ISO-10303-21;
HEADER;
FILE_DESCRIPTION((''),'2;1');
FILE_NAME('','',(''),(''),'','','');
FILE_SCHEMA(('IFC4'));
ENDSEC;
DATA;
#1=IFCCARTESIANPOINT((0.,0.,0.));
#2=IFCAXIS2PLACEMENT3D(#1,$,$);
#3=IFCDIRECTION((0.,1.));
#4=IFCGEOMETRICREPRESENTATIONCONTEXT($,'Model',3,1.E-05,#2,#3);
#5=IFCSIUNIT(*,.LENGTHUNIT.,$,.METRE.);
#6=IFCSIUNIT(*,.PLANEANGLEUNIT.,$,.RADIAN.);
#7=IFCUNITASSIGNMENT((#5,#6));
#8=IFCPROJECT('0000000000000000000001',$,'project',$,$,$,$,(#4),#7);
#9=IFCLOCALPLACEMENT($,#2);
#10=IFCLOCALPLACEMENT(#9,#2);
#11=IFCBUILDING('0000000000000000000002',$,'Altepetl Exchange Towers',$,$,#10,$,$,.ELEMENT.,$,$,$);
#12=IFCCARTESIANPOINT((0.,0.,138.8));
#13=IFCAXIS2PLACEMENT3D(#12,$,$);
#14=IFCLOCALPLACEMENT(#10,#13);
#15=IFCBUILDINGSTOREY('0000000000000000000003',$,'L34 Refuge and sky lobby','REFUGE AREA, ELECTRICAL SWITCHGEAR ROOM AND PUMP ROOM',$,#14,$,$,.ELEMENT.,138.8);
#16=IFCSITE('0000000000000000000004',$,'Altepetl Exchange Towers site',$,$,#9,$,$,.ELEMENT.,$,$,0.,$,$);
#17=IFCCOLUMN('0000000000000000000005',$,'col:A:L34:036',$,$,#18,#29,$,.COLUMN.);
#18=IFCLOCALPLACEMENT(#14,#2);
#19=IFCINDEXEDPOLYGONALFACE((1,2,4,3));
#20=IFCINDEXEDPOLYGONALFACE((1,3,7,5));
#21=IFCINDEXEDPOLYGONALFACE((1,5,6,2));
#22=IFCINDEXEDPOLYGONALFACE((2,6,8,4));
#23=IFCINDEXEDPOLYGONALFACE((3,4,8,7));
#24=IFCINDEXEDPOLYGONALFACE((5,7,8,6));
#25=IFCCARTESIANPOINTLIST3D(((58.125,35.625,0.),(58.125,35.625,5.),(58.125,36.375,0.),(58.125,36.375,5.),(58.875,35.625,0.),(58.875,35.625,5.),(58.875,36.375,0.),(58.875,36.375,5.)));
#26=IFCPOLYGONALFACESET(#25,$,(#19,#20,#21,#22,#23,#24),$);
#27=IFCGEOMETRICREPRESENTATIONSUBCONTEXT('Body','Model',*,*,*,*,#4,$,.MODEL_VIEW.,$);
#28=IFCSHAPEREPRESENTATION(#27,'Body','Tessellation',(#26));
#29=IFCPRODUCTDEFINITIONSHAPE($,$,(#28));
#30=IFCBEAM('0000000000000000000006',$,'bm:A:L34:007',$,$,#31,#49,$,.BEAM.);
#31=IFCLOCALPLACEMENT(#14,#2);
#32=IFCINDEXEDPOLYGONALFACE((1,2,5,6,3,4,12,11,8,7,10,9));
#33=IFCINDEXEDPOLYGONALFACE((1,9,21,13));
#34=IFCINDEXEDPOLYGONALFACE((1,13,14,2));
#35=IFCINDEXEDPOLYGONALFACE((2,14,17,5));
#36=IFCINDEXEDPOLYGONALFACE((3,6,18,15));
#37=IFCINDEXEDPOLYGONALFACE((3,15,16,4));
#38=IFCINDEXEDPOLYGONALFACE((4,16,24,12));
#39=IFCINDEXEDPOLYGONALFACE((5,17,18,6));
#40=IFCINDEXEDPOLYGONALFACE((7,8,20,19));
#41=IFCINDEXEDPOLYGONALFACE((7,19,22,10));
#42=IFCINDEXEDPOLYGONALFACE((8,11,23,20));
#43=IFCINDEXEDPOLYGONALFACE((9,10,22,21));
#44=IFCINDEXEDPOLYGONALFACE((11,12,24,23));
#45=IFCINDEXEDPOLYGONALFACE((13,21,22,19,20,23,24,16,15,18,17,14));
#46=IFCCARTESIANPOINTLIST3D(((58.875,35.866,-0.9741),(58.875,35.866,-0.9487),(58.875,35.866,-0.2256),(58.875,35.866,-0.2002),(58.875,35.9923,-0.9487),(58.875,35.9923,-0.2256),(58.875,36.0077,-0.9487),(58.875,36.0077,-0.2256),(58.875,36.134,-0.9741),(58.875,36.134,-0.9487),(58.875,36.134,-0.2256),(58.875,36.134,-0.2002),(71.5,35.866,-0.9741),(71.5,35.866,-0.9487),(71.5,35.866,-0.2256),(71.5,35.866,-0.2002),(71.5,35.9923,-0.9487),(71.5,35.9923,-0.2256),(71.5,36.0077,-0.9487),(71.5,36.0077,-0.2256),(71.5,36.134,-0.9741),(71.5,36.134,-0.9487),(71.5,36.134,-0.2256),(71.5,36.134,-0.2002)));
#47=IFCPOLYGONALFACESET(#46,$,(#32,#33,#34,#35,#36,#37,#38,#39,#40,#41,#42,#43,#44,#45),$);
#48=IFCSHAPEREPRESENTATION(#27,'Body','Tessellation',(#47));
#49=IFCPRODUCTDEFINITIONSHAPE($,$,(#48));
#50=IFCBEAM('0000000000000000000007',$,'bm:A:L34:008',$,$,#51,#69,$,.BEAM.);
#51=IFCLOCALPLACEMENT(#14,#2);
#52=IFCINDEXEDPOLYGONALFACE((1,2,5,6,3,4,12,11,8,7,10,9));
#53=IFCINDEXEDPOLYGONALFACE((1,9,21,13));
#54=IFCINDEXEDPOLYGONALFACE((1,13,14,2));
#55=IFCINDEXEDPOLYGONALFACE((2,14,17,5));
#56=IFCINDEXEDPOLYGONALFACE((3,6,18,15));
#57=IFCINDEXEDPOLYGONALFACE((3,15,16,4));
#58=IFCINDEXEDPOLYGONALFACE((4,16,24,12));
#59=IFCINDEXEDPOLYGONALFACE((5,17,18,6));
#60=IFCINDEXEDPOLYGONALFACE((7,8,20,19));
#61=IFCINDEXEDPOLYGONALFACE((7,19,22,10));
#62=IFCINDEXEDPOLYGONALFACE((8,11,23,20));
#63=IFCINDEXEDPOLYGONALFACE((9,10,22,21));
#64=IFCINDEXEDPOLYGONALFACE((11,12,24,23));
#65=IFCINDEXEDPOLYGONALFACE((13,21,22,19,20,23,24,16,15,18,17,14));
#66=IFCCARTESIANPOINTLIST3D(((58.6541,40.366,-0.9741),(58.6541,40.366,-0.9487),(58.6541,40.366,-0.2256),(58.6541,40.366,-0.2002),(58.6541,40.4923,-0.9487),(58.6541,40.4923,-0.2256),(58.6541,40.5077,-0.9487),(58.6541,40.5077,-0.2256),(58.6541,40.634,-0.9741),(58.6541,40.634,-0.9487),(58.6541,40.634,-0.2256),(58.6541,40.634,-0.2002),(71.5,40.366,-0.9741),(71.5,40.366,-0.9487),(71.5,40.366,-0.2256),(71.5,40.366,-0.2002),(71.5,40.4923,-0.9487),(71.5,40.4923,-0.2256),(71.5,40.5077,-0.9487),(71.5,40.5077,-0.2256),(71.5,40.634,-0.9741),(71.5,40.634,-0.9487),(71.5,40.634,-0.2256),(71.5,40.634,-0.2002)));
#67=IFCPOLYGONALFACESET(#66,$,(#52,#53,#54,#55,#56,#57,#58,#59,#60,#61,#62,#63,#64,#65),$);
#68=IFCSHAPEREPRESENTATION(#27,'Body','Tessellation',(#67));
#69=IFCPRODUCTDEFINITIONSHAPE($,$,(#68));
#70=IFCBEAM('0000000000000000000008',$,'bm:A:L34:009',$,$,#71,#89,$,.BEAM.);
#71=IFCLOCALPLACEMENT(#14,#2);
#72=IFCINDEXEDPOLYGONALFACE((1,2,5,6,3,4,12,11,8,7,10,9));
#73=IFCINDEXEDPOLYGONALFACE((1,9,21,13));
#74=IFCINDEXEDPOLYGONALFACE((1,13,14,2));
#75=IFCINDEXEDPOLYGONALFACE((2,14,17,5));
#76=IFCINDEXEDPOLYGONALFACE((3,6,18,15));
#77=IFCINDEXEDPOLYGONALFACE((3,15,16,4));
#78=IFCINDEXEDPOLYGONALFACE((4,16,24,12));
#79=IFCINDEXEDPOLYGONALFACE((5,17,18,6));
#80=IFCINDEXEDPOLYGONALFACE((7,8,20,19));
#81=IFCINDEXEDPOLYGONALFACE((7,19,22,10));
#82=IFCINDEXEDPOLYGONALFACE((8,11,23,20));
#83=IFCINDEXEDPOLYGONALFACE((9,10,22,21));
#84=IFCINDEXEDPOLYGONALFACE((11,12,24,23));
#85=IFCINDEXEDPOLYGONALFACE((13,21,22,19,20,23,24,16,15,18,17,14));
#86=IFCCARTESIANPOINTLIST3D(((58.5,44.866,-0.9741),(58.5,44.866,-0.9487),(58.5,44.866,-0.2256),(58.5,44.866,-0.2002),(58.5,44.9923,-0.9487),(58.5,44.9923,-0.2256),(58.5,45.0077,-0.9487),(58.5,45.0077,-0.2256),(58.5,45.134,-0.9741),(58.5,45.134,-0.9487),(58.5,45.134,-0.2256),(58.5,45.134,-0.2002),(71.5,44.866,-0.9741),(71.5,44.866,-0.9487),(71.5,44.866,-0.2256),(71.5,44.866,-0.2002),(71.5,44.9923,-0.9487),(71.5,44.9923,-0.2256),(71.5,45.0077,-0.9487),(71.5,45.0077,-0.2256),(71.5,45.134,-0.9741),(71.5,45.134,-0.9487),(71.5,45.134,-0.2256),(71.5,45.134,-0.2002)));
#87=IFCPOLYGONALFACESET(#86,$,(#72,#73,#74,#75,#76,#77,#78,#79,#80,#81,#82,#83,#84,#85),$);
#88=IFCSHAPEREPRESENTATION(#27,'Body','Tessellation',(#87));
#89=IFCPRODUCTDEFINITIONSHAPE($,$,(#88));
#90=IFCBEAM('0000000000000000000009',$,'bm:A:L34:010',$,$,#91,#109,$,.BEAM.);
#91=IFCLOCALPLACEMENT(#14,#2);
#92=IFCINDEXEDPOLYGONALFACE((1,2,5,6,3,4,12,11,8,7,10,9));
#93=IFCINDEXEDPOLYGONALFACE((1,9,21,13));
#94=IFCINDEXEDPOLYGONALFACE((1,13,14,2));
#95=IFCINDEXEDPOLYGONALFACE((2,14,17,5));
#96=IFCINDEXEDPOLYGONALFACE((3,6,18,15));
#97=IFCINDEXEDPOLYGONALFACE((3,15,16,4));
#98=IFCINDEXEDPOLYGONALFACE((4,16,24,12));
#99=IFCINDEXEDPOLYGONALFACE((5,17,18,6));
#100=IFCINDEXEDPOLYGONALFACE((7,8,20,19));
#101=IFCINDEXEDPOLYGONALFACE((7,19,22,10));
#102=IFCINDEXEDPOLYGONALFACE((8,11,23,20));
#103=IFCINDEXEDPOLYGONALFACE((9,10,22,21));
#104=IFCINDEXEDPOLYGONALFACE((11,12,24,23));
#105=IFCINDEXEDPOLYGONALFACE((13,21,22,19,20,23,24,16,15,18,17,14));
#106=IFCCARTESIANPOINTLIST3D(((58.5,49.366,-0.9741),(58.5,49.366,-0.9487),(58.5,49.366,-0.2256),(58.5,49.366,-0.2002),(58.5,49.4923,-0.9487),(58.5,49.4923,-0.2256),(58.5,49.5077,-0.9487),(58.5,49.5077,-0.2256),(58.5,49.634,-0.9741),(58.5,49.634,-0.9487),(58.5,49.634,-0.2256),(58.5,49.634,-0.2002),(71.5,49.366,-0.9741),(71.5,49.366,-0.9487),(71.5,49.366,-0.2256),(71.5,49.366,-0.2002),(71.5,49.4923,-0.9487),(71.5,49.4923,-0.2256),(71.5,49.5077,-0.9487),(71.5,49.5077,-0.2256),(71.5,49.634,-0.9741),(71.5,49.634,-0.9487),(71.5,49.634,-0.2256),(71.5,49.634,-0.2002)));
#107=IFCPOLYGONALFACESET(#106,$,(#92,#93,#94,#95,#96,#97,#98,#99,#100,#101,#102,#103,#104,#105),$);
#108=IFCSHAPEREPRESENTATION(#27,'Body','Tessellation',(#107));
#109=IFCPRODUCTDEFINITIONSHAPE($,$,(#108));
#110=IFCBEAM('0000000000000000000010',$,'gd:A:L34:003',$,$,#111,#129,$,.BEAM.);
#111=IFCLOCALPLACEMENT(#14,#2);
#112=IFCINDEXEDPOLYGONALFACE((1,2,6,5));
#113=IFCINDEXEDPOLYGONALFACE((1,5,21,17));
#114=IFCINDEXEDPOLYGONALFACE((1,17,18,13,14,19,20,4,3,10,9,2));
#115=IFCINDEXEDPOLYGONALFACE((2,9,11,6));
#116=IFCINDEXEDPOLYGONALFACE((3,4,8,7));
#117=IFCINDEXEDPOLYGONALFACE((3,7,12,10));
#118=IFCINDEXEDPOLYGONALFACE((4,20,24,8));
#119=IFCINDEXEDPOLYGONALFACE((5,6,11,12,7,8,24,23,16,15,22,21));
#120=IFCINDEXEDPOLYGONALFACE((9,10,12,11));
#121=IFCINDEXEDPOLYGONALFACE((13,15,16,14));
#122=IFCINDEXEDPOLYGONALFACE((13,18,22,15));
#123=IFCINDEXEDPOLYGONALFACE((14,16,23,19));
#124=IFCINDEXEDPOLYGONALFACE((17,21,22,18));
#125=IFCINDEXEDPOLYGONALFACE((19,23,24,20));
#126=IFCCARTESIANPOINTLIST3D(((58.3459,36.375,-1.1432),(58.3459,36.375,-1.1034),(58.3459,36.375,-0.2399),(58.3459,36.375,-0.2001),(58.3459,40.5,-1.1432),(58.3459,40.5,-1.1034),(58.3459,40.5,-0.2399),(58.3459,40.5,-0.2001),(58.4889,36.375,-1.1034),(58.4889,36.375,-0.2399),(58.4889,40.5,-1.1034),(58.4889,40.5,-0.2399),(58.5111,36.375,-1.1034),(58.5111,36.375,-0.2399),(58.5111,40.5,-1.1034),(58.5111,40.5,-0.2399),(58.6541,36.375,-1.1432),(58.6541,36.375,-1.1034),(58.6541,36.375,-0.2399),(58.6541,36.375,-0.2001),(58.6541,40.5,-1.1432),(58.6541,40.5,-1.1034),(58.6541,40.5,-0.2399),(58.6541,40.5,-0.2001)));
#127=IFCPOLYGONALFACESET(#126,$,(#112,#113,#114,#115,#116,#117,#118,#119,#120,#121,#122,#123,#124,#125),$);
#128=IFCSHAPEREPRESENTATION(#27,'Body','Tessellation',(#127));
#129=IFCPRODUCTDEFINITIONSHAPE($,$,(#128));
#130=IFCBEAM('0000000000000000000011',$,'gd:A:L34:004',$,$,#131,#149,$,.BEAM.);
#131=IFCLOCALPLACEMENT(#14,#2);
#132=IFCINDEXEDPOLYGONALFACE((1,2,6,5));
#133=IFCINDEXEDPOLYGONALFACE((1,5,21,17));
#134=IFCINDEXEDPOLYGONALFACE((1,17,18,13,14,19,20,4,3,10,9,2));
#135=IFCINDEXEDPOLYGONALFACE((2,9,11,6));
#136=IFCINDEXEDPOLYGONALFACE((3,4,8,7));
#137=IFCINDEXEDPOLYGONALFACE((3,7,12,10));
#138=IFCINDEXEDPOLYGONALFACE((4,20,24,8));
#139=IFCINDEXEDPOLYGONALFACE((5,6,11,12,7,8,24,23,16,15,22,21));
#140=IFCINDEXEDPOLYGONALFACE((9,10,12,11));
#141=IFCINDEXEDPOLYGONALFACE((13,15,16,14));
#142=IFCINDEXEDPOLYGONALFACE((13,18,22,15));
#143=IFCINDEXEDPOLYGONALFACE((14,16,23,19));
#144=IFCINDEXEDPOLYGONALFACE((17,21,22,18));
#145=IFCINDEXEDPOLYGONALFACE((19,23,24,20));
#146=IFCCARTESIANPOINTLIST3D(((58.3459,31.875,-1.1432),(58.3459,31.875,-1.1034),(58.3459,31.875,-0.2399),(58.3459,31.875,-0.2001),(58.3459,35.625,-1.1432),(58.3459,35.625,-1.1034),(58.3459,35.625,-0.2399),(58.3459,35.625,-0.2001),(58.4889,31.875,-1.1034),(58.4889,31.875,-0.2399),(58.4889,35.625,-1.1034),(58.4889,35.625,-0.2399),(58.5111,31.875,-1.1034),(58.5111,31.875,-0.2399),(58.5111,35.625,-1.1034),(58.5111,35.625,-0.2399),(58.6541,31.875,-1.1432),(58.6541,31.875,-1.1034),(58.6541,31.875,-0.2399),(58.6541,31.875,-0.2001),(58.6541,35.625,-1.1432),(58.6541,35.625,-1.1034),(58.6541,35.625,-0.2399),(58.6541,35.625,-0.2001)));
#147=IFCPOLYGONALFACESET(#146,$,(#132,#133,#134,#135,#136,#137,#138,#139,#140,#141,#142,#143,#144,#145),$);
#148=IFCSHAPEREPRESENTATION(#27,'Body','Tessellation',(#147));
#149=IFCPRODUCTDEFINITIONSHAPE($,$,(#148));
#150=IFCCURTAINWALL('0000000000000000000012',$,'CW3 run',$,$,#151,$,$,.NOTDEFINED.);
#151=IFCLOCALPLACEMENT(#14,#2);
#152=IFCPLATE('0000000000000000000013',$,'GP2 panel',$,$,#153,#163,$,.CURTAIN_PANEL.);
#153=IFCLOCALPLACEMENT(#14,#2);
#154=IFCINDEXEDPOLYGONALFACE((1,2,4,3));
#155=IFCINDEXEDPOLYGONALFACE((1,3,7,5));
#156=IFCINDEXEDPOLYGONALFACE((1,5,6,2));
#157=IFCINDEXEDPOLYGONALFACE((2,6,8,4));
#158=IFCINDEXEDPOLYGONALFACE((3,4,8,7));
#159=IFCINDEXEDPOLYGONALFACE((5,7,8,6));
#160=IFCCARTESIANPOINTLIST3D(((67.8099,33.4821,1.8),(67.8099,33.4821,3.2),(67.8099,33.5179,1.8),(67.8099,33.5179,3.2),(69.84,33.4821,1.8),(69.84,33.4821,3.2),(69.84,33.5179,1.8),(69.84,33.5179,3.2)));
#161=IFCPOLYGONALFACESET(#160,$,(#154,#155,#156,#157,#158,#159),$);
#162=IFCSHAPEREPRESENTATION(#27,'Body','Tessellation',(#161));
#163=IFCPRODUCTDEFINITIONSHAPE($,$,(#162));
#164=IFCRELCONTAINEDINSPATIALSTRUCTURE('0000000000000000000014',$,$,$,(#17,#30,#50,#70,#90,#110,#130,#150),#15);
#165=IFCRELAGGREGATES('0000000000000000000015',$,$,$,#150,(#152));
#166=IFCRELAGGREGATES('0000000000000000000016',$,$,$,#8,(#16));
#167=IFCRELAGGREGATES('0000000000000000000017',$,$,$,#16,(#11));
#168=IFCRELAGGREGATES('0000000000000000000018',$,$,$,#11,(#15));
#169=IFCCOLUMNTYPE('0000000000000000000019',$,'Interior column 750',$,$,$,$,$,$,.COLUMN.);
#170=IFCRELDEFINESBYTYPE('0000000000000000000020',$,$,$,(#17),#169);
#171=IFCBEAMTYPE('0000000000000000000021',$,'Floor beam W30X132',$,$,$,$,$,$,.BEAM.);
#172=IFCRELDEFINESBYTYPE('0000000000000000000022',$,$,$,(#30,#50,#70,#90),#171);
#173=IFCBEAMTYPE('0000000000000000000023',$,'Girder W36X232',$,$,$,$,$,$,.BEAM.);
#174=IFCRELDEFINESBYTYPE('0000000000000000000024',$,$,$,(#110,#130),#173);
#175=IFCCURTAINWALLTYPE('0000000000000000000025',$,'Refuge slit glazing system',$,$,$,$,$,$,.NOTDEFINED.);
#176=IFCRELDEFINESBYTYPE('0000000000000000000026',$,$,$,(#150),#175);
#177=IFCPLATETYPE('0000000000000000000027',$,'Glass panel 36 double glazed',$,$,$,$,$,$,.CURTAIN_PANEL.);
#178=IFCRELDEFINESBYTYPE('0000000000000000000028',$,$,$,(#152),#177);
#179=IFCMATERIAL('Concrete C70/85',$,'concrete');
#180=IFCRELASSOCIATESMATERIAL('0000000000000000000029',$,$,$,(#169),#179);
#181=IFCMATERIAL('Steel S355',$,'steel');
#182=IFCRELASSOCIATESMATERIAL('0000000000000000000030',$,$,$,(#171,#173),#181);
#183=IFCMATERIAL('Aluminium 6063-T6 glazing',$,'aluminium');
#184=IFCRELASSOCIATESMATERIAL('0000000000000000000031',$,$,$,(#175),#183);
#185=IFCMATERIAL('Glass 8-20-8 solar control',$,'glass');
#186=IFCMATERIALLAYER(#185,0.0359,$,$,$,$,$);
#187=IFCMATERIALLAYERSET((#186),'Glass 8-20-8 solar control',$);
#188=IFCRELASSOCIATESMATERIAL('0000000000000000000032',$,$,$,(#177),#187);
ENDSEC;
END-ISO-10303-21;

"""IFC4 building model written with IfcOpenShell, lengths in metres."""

from ifc_helpers import new_model, si_unit, direction, frame, origin, origin_2d, place, context, subcontext, project, spatial, rectangle, i_section, extrude, material, layer, layer_set, material_profile, profile_set, type_object, element, aggregate, save


model = new_model("IFC4")

# Units and contexts
model_context = context("Model", 3, precision=1e-05, world=origin(), true_north=direction((0.0, 1.0)))
body_context = subcontext(model_context, "Body", "Model", "MODEL_VIEW")
ifc_project = project(units=[si_unit("LENGTHUNIT", "METRE"), si_unit("PLANEANGLEUNIT", "RADIAN")], contexts=[model_context])

# Site, building, storey
site_placement = place(None, origin())
site = spatial("IfcSite", under=ifc_project, at=site_placement, Name="Altepetl Exchange Towers site", CompositionType="ELEMENT", RefElevation=0.0)
building_placement = place(site_placement, origin())
building = spatial("IfcBuilding", under=site, at=building_placement, Name="Altepetl Exchange Towers", CompositionType="ELEMENT")
storey_placement = place(building_placement, frame((0.0, 0.0, 138.8)))
storey = spatial("IfcBuildingStorey", under=building, at=storey_placement, Name="L34 Refuge and sky lobby", Description="REFUGE AREA, ELECTRICAL SWITCHGEAR ROOM AND PUMP ROOM", CompositionType="ELEMENT", Elevation=138.8)

# Column
ifc_material_1 = material(Name="Concrete C70/85", Category="concrete")
ifc_material_profile_1 = material_profile(ifc_material_1, rectangle(XDim=0.75, YDim=0.75, at=origin_2d()), Name="750 x 750")
ifc_profile_set_1 = profile_set([ifc_material_profile_1], Name="Concrete C70/85")
column_type = type_object("IfcColumnType", Name="Interior column 750", PredefinedType="COLUMN", material=ifc_profile_set_1)
column_placement = place(storey_placement, frame((58.5, 36.0, 0.0)))
element("IfcColumn", 1, at=column_placement, inside=storey, type_object=column_type, Name="col:A:L34:036", PredefinedType="COLUMN", context=body_context, shape_type="SweptSolid", body=[
    extrude(rectangle(XDim=0.75, YDim=0.75, at=origin_2d()), origin(), (0.0, 0.0, 1.0), 5.0),
])

# Beams
ifc_material_2 = material(Name="Steel S355", Category="steel")
ifc_material_profile_2 = material_profile(ifc_material_2, i_section(OverallWidth=0.2681, OverallDepth=0.7739, WebThickness=0.0154, FlangeThickness=0.0254, at=origin_2d()), Name="W30X132")
ifc_profile_set_2 = profile_set([ifc_material_profile_2], Name="Steel S355")
beam_type_1 = type_object("IfcBeamType", Name="Floor beam W30X132", PredefinedType="BEAM", material=ifc_profile_set_2)
beam_1_placement = place(storey_placement, frame((58.875, 36.0, -0.5872), z_axis=(1.0, 0.0, 0.0), x_axis=(0.0, 1.0, 0.0)))
element("IfcBeam", 2, at=beam_1_placement, inside=storey, type_object=beam_type_1, Name="bm:A:L34:007", PredefinedType="BEAM", context=body_context, shape_type="SweptSolid", body=[
    extrude(i_section(OverallWidth=0.2681, OverallDepth=0.7739, WebThickness=0.0154, FlangeThickness=0.0254, at=origin_2d()), origin(), (0.0, 0.0, 1.0), 12.625),
])
beam_2_placement = place(storey_placement, frame((58.6541, 40.5, -0.5872), z_axis=(1.0, 0.0, 0.0), x_axis=(0.0, 1.0, 0.0)))
element("IfcBeam", 3, at=beam_2_placement, inside=storey, type_object=beam_type_1, Name="bm:A:L34:008", PredefinedType="BEAM", context=body_context, shape_type="SweptSolid", body=[
    extrude(i_section(OverallWidth=0.2681, OverallDepth=0.7739, WebThickness=0.0154, FlangeThickness=0.0254, at=origin_2d()), origin(), (0.0, 0.0, 1.0), 12.8459),
])
for number, where, z_axis, x_axis, name in (
    (4, (58.5, 45.0, -0.5872), (1.0, 0.0, 0.0), (0.0, 1.0, 0.0), "bm:A:L34:009"),
    (5, (58.5, 49.5, -0.5872), (1.0, 0.0, 0.0), (0.0, 1.0, 0.0), "bm:A:L34:010"),
):
    element("IfcBeam", number, at=place(storey_placement, frame(where, z_axis=z_axis, x_axis=x_axis)), inside=storey, type_object=beam_type_1, Name=name, PredefinedType="BEAM", context=body_context, shape_type="SweptSolid", body=[
        extrude(i_section(OverallWidth=0.2681, OverallDepth=0.7739, WebThickness=0.0154, FlangeThickness=0.0254, at=origin_2d()), origin(), (0.0, 0.0, 1.0), 13.0),
    ])
ifc_material_profile_3 = material_profile(ifc_material_2, i_section(OverallWidth=0.3081, OverallDepth=0.9431, WebThickness=0.0222, FlangeThickness=0.0398, at=origin_2d()), Name="W36X232")
ifc_profile_set_3 = profile_set([ifc_material_profile_3], Name="Steel S355")
beam_type_2 = type_object("IfcBeamType", Name="Girder W36X232", PredefinedType="BEAM", material=ifc_profile_set_3)
beam_3_placement = place(storey_placement, frame((58.5, 40.5, -0.6716), z_axis=(0.0, -1.0, 0.0), x_axis=(1.0, 0.0, 0.0)))
element("IfcBeam", 6, at=beam_3_placement, inside=storey, type_object=beam_type_2, Name="gd:A:L34:003", PredefinedType="BEAM", context=body_context, shape_type="SweptSolid", body=[
    extrude(i_section(OverallWidth=0.3081, OverallDepth=0.9431, WebThickness=0.0222, FlangeThickness=0.0398, at=origin_2d()), origin(), (0.0, 0.0, 1.0), 4.125),
])
beam_4_placement = place(storey_placement, frame((58.5, 35.625, -0.6716), z_axis=(0.0, -1.0, 0.0), x_axis=(1.0, 0.0, 0.0)))
element("IfcBeam", 7, at=beam_4_placement, inside=storey, type_object=beam_type_2, Name="gd:A:L34:004", PredefinedType="BEAM", context=body_context, shape_type="SweptSolid", body=[
    extrude(i_section(OverallWidth=0.3081, OverallDepth=0.9431, WebThickness=0.0222, FlangeThickness=0.0398, at=origin_2d()), origin(), (0.0, 0.0, 1.0), 3.75),
])

# Curtain wall, plate
ifc_material_3 = material(Name="Aluminium 6063-T6 glazing", Category="aluminium")
curtain_wall_type = type_object("IfcCurtainWallType", Name="Refuge slit glazing system", PredefinedType="NOTDEFINED", material=ifc_material_3)
curtain_wall_placement = place(storey_placement, origin())
curtain_wall = element("IfcCurtainWall", 8, at=curtain_wall_placement, inside=storey, type_object=curtain_wall_type, Name="CW3 run", PredefinedType="NOTDEFINED")
ifc_material_4 = material(Name="Glass 8-20-8 solar control", Category="glass")
ifc_layer_1 = layer(ifc_material_4, 0.0359)
ifc_layer_set_1 = layer_set([ifc_layer_1], Name="Glass 8-20-8 solar control")
plate_type = type_object("IfcPlateType", Name="Glass panel 36 double glazed", PredefinedType="CURTAIN_PANEL", material=ifc_layer_set_1)
plate_placement = place(storey_placement, frame((68.825, 33.5, 1.8)))
plate = element("IfcPlate", 9, at=plate_placement, type_object=plate_type, Name="GP2 panel", PredefinedType="CURTAIN_PANEL", context=body_context, shape_type="SweptSolid", body=[
    extrude(rectangle(XDim=2.03, YDim=0.0359, at=origin_2d()), origin(), (0.0, 0.0, 1.0), 1.3999),
])
aggregate(curtain_wall, [plate])

save(model, "model.ifc")
